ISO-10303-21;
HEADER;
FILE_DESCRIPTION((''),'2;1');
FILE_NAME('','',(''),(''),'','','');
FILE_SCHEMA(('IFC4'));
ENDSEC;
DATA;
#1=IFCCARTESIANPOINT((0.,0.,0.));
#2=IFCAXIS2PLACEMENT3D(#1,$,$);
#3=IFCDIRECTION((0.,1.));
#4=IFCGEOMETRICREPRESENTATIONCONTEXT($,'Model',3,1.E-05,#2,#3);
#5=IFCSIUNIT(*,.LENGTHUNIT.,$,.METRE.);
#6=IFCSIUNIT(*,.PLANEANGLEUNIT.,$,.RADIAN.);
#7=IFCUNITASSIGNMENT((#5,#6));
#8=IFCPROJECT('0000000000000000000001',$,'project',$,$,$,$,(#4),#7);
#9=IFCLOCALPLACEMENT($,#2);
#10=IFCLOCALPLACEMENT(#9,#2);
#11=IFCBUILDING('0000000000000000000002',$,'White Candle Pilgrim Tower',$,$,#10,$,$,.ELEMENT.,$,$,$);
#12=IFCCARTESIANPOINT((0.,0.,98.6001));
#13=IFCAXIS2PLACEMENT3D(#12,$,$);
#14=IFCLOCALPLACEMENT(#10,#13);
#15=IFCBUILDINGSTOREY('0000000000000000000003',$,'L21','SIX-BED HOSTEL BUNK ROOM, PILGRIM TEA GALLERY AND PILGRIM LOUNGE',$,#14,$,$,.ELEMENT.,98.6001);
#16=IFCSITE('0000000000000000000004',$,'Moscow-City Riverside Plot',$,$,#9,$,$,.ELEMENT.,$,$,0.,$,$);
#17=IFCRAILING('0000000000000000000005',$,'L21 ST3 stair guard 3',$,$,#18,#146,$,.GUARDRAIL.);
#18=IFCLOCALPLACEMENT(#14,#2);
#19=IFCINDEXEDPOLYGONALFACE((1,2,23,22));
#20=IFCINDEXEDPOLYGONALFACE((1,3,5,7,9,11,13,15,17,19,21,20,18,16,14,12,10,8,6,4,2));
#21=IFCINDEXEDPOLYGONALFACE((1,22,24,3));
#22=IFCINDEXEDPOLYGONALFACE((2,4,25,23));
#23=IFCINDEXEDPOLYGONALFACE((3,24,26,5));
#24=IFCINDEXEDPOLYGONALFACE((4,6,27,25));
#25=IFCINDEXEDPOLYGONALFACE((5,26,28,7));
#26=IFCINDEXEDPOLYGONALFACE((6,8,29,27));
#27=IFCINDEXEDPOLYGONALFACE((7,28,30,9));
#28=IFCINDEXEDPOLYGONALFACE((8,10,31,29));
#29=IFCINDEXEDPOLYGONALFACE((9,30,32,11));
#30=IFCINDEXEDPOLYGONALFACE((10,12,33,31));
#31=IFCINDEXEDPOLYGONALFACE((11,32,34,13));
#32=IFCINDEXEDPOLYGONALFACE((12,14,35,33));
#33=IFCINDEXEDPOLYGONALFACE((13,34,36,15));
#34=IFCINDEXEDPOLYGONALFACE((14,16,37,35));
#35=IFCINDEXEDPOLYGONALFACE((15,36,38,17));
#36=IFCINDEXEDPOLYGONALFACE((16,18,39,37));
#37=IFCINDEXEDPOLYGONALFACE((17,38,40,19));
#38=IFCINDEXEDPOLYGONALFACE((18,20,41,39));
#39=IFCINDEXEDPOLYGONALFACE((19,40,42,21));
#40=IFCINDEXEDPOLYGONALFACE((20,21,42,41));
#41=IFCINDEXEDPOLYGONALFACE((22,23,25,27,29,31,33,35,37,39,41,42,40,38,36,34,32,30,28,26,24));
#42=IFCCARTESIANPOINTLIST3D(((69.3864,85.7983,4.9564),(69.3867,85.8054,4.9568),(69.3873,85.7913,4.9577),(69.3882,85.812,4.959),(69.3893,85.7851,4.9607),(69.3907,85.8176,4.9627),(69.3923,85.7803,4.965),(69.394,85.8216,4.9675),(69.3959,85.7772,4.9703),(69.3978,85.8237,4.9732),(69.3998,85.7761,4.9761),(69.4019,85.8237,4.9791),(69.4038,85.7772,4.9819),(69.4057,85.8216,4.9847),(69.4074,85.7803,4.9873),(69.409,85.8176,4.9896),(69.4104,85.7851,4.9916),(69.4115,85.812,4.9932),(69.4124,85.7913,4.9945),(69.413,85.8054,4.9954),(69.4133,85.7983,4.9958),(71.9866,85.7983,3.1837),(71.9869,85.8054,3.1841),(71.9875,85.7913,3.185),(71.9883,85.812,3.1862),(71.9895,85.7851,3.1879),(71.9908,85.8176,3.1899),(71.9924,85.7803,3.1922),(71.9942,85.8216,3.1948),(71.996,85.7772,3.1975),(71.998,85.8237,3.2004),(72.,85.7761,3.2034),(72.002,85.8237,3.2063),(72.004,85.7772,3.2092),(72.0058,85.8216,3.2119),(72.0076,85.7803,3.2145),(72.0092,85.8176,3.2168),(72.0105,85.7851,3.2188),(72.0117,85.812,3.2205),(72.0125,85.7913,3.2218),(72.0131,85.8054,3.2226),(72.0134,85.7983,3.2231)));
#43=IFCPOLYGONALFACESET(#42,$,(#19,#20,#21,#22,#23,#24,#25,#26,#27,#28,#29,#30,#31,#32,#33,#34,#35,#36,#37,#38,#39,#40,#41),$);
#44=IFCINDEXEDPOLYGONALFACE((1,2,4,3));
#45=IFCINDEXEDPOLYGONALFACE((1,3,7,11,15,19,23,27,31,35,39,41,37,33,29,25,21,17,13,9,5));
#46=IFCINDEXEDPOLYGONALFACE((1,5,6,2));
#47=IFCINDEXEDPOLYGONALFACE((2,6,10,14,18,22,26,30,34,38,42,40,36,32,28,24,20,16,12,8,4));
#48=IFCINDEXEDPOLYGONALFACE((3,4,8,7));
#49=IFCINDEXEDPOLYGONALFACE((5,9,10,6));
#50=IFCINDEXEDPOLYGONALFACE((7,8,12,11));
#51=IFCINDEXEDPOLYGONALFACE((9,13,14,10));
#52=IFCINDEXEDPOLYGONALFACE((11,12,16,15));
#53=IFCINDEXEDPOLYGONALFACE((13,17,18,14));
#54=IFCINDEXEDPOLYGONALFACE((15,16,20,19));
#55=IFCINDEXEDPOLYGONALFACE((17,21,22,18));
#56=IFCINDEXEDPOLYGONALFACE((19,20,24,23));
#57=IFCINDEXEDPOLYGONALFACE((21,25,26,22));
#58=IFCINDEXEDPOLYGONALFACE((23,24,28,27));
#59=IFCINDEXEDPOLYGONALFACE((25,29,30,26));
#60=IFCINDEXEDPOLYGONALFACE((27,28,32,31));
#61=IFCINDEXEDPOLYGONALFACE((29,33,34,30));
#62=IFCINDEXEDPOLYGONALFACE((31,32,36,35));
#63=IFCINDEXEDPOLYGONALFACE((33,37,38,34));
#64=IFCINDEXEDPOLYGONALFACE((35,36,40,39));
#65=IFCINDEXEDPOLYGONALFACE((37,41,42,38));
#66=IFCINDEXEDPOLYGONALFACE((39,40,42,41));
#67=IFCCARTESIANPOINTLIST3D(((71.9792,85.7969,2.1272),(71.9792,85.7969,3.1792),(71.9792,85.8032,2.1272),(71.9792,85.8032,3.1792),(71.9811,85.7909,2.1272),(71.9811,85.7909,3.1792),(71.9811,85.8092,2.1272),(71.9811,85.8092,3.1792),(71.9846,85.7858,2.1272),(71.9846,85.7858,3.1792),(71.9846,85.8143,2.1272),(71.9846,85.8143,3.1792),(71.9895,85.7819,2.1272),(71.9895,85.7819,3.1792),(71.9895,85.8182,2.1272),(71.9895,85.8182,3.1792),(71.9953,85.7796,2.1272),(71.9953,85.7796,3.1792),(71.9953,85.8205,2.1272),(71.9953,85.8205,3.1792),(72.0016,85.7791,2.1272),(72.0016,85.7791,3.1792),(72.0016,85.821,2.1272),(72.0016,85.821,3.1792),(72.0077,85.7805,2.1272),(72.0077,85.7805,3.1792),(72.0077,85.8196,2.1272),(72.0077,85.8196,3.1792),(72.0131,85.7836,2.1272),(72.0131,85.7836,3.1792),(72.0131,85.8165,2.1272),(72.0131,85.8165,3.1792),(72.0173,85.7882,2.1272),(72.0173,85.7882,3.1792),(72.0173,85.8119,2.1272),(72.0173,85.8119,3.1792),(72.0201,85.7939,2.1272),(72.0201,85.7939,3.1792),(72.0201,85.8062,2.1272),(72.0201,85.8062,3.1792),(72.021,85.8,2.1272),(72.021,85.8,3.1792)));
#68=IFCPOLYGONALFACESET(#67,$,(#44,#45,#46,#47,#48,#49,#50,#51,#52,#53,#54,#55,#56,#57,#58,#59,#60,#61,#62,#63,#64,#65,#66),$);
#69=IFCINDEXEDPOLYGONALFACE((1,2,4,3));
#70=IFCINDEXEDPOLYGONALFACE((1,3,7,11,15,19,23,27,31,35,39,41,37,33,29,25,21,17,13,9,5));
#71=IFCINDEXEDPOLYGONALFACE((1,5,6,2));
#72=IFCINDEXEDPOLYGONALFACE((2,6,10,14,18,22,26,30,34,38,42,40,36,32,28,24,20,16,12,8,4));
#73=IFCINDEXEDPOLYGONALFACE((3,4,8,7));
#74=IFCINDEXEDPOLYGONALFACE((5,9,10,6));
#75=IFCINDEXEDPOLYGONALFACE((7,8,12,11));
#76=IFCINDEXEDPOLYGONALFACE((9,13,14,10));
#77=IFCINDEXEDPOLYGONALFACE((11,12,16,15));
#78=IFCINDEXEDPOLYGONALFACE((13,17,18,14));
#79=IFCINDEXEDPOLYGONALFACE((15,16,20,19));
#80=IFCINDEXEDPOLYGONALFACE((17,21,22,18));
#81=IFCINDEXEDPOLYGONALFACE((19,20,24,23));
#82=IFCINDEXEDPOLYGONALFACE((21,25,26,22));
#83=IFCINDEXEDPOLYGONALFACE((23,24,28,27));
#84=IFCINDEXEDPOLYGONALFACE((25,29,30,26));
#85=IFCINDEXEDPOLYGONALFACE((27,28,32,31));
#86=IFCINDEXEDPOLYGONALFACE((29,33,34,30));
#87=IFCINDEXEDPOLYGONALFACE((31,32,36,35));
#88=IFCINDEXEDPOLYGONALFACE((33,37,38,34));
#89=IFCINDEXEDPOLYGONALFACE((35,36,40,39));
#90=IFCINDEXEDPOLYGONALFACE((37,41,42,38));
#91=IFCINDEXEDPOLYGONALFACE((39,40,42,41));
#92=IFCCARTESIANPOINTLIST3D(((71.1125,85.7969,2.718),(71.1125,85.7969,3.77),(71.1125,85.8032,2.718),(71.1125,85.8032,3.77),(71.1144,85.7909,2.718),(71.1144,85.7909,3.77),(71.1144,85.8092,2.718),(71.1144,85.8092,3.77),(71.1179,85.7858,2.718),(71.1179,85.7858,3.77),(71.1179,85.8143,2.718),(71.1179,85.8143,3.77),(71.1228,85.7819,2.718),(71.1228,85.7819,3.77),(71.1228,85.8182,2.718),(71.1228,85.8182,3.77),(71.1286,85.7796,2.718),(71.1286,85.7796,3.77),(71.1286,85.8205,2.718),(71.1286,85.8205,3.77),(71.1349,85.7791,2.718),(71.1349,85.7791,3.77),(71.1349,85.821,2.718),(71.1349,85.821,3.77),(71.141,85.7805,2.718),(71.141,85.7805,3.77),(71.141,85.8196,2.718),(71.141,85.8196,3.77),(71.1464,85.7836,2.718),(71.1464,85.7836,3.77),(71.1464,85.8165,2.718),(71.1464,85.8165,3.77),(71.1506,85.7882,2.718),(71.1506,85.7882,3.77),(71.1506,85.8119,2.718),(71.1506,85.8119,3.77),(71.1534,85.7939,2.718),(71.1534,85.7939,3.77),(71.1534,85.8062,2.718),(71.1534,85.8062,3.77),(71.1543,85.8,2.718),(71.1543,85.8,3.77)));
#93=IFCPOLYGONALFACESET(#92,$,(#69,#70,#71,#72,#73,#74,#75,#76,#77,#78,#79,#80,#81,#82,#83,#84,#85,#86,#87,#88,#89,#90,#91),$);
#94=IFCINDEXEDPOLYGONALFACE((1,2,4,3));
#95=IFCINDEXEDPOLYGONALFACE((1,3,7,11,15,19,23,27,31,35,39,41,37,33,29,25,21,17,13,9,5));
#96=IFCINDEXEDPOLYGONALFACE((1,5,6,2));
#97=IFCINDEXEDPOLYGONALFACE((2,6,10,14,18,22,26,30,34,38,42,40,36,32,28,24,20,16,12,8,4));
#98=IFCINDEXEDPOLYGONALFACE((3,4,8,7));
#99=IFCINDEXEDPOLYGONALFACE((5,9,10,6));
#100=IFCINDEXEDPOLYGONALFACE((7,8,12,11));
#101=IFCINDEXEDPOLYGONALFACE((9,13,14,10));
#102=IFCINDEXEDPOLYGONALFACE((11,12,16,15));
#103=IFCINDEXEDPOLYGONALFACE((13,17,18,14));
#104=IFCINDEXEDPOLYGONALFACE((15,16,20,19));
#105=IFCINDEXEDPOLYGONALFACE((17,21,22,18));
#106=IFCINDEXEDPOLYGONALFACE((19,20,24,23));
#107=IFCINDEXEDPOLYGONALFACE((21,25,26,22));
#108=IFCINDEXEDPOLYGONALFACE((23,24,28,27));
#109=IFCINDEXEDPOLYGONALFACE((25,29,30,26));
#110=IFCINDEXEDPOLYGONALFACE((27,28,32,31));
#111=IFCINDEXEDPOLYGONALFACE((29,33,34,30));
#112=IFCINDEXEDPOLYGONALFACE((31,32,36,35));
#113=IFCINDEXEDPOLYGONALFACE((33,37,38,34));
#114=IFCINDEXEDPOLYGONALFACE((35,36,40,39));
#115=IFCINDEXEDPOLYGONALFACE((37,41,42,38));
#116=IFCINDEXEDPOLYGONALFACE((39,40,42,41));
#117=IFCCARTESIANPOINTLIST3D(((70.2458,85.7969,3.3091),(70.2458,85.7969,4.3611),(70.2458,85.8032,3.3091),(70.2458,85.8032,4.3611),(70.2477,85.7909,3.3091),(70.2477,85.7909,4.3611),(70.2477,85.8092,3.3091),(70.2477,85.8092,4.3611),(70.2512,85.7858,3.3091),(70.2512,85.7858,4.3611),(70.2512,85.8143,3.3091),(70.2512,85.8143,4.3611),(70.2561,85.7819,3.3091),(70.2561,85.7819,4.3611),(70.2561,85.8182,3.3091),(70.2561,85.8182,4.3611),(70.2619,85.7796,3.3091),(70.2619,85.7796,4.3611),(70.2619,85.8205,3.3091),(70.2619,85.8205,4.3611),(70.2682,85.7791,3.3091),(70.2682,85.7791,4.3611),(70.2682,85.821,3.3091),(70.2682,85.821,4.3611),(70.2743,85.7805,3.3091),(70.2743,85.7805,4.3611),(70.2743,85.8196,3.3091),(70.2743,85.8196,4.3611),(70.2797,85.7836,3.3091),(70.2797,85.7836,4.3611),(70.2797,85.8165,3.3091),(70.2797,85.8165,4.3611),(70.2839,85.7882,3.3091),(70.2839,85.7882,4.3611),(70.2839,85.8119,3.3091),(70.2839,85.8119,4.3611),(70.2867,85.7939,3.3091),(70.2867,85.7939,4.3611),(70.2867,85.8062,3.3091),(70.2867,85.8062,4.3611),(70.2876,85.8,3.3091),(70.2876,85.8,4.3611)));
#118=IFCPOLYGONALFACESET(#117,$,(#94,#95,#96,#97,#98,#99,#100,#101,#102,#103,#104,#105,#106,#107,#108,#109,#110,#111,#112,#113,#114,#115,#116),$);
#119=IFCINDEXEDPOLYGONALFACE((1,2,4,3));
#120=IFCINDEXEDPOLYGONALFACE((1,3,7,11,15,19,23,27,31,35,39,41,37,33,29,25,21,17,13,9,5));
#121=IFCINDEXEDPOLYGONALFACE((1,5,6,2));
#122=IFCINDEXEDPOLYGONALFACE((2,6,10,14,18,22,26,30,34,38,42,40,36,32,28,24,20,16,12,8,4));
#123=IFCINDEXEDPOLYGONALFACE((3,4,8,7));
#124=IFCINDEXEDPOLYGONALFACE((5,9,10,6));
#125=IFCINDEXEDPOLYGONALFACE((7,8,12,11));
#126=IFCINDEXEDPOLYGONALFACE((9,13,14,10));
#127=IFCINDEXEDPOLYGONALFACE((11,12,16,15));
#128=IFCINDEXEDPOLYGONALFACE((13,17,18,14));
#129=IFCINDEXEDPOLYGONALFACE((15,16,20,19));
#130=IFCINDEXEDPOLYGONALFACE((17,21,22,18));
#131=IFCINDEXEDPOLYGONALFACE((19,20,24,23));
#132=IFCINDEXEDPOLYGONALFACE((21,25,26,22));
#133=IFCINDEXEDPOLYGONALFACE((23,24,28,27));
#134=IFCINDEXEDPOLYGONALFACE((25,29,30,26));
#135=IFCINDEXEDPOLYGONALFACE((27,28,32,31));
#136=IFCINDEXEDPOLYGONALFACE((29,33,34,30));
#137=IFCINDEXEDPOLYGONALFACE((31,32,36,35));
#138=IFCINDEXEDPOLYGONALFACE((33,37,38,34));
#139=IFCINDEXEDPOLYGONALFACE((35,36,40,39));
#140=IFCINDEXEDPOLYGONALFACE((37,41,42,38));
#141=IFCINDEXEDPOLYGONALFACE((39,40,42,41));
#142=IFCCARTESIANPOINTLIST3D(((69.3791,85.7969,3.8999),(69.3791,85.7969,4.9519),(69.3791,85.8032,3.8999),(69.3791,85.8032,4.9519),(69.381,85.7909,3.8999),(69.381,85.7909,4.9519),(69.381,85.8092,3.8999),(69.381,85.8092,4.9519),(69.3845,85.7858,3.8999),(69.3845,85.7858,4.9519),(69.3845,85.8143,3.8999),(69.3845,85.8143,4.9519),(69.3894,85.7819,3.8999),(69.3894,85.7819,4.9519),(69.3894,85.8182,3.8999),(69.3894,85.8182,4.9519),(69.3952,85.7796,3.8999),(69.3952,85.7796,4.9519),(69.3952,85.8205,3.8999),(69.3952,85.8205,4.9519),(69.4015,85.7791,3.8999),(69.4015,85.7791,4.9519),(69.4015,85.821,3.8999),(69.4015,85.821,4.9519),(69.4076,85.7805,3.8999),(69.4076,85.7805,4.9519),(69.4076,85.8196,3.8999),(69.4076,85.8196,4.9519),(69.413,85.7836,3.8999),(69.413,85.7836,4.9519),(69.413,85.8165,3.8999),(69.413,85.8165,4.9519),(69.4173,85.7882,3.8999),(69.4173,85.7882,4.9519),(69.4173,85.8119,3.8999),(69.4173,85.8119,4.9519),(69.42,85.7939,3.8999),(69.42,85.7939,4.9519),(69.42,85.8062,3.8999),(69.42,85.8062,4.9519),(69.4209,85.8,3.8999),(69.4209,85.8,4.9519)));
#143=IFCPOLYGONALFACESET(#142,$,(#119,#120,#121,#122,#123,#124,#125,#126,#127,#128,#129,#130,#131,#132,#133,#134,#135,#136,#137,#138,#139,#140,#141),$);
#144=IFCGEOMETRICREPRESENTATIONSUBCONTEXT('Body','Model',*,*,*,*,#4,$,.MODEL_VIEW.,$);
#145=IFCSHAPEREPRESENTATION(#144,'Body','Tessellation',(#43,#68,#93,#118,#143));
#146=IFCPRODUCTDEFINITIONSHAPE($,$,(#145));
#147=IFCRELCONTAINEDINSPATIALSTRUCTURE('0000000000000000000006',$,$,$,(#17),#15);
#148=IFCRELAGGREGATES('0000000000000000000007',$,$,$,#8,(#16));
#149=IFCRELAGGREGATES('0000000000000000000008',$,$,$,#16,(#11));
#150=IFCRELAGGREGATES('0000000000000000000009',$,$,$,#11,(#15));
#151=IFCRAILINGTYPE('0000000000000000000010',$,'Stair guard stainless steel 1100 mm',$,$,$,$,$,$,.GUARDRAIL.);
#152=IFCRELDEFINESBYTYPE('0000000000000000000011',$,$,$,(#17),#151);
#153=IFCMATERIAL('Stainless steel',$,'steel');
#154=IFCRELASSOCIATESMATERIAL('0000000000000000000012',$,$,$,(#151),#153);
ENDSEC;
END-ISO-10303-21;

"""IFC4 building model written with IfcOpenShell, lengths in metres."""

from ifc_helpers import new_model, si_unit, direction, frame, origin, origin_2d, place, context, subcontext, project, spatial, circle, extrude, material, type_object, element, save


model = new_model("IFC4")

# Units and contexts
model_context = context("Model", 3, precision=1e-05, world=origin(), true_north=direction((0.0, 1.0)))
body_context = subcontext(model_context, "Body", "Model", "MODEL_VIEW")
ifc_project = project(units=[si_unit("LENGTHUNIT", "METRE"), si_unit("PLANEANGLEUNIT", "RADIAN")], contexts=[model_context])

# Site, building, storey
site_placement = place(None, origin())
site = spatial("IfcSite", under=ifc_project, at=site_placement, Name="Moscow-City Riverside Plot", CompositionType="ELEMENT", RefElevation=0.0)
building_placement = place(site_placement, origin())
building = spatial("IfcBuilding", under=site, at=building_placement, Name="White Candle Pilgrim Tower", CompositionType="ELEMENT")
storey_placement = place(building_placement, frame((0.0, 0.0, 98.6001)))
storey = spatial("IfcBuildingStorey", under=building, at=storey_placement, Name="L21", Description="SIX-BED HOSTEL BUNK ROOM, PILGRIM TEA GALLERY AND PILGRIM LOUNGE", CompositionType="ELEMENT", Elevation=98.6001)

# Railing
ifc_material_1 = material(Name="Stainless steel", Category="steel")
railing_type_1 = type_object("IfcRailingType", Name="Stair guard stainless steel 1100 mm", PredefinedType="GUARDRAIL", material=ifc_material_1)
railing_1_placement = place(storey_placement, frame((72.0, 85.8, 2.1272)))
element("IfcRailing", 1, at=railing_1_placement, inside=storey, type_object=railing_type_1, Name="L21 ST3 stair guard 3", PredefinedType="GUARDRAIL", context=body_context, shape_type="SweptSolid", body=[
    extrude(circle(Radius=0.0239, at=origin_2d()), frame((0.0, 0.0, 1.0762), z_axis=(-0.82624, 0.0, 0.563318), x_axis=(0.0, -1.0, 0.0)), (0.0, 0.0, 1.0), 3.147),
    extrude(circle(Radius=0.021, at=origin_2d()), origin(), (0.0, 0.0, 1.0), 1.052),
    extrude(circle(Radius=0.021, at=origin_2d()), frame((-0.8667, 0.0, 0.5908)), (0.0, 0.0, 1.0), 1.052),
    extrude(circle(Radius=0.021, at=origin_2d()), frame((-1.7334, 0.0, 1.1819)), (0.0, 0.0, 1.0), 1.052),
    extrude(circle(Radius=0.021, at=origin_2d()), frame((-2.6001, 0.0, 1.7727)), (0.0, 0.0, 1.0), 1.052),
])

save(model, "model.ifc")
